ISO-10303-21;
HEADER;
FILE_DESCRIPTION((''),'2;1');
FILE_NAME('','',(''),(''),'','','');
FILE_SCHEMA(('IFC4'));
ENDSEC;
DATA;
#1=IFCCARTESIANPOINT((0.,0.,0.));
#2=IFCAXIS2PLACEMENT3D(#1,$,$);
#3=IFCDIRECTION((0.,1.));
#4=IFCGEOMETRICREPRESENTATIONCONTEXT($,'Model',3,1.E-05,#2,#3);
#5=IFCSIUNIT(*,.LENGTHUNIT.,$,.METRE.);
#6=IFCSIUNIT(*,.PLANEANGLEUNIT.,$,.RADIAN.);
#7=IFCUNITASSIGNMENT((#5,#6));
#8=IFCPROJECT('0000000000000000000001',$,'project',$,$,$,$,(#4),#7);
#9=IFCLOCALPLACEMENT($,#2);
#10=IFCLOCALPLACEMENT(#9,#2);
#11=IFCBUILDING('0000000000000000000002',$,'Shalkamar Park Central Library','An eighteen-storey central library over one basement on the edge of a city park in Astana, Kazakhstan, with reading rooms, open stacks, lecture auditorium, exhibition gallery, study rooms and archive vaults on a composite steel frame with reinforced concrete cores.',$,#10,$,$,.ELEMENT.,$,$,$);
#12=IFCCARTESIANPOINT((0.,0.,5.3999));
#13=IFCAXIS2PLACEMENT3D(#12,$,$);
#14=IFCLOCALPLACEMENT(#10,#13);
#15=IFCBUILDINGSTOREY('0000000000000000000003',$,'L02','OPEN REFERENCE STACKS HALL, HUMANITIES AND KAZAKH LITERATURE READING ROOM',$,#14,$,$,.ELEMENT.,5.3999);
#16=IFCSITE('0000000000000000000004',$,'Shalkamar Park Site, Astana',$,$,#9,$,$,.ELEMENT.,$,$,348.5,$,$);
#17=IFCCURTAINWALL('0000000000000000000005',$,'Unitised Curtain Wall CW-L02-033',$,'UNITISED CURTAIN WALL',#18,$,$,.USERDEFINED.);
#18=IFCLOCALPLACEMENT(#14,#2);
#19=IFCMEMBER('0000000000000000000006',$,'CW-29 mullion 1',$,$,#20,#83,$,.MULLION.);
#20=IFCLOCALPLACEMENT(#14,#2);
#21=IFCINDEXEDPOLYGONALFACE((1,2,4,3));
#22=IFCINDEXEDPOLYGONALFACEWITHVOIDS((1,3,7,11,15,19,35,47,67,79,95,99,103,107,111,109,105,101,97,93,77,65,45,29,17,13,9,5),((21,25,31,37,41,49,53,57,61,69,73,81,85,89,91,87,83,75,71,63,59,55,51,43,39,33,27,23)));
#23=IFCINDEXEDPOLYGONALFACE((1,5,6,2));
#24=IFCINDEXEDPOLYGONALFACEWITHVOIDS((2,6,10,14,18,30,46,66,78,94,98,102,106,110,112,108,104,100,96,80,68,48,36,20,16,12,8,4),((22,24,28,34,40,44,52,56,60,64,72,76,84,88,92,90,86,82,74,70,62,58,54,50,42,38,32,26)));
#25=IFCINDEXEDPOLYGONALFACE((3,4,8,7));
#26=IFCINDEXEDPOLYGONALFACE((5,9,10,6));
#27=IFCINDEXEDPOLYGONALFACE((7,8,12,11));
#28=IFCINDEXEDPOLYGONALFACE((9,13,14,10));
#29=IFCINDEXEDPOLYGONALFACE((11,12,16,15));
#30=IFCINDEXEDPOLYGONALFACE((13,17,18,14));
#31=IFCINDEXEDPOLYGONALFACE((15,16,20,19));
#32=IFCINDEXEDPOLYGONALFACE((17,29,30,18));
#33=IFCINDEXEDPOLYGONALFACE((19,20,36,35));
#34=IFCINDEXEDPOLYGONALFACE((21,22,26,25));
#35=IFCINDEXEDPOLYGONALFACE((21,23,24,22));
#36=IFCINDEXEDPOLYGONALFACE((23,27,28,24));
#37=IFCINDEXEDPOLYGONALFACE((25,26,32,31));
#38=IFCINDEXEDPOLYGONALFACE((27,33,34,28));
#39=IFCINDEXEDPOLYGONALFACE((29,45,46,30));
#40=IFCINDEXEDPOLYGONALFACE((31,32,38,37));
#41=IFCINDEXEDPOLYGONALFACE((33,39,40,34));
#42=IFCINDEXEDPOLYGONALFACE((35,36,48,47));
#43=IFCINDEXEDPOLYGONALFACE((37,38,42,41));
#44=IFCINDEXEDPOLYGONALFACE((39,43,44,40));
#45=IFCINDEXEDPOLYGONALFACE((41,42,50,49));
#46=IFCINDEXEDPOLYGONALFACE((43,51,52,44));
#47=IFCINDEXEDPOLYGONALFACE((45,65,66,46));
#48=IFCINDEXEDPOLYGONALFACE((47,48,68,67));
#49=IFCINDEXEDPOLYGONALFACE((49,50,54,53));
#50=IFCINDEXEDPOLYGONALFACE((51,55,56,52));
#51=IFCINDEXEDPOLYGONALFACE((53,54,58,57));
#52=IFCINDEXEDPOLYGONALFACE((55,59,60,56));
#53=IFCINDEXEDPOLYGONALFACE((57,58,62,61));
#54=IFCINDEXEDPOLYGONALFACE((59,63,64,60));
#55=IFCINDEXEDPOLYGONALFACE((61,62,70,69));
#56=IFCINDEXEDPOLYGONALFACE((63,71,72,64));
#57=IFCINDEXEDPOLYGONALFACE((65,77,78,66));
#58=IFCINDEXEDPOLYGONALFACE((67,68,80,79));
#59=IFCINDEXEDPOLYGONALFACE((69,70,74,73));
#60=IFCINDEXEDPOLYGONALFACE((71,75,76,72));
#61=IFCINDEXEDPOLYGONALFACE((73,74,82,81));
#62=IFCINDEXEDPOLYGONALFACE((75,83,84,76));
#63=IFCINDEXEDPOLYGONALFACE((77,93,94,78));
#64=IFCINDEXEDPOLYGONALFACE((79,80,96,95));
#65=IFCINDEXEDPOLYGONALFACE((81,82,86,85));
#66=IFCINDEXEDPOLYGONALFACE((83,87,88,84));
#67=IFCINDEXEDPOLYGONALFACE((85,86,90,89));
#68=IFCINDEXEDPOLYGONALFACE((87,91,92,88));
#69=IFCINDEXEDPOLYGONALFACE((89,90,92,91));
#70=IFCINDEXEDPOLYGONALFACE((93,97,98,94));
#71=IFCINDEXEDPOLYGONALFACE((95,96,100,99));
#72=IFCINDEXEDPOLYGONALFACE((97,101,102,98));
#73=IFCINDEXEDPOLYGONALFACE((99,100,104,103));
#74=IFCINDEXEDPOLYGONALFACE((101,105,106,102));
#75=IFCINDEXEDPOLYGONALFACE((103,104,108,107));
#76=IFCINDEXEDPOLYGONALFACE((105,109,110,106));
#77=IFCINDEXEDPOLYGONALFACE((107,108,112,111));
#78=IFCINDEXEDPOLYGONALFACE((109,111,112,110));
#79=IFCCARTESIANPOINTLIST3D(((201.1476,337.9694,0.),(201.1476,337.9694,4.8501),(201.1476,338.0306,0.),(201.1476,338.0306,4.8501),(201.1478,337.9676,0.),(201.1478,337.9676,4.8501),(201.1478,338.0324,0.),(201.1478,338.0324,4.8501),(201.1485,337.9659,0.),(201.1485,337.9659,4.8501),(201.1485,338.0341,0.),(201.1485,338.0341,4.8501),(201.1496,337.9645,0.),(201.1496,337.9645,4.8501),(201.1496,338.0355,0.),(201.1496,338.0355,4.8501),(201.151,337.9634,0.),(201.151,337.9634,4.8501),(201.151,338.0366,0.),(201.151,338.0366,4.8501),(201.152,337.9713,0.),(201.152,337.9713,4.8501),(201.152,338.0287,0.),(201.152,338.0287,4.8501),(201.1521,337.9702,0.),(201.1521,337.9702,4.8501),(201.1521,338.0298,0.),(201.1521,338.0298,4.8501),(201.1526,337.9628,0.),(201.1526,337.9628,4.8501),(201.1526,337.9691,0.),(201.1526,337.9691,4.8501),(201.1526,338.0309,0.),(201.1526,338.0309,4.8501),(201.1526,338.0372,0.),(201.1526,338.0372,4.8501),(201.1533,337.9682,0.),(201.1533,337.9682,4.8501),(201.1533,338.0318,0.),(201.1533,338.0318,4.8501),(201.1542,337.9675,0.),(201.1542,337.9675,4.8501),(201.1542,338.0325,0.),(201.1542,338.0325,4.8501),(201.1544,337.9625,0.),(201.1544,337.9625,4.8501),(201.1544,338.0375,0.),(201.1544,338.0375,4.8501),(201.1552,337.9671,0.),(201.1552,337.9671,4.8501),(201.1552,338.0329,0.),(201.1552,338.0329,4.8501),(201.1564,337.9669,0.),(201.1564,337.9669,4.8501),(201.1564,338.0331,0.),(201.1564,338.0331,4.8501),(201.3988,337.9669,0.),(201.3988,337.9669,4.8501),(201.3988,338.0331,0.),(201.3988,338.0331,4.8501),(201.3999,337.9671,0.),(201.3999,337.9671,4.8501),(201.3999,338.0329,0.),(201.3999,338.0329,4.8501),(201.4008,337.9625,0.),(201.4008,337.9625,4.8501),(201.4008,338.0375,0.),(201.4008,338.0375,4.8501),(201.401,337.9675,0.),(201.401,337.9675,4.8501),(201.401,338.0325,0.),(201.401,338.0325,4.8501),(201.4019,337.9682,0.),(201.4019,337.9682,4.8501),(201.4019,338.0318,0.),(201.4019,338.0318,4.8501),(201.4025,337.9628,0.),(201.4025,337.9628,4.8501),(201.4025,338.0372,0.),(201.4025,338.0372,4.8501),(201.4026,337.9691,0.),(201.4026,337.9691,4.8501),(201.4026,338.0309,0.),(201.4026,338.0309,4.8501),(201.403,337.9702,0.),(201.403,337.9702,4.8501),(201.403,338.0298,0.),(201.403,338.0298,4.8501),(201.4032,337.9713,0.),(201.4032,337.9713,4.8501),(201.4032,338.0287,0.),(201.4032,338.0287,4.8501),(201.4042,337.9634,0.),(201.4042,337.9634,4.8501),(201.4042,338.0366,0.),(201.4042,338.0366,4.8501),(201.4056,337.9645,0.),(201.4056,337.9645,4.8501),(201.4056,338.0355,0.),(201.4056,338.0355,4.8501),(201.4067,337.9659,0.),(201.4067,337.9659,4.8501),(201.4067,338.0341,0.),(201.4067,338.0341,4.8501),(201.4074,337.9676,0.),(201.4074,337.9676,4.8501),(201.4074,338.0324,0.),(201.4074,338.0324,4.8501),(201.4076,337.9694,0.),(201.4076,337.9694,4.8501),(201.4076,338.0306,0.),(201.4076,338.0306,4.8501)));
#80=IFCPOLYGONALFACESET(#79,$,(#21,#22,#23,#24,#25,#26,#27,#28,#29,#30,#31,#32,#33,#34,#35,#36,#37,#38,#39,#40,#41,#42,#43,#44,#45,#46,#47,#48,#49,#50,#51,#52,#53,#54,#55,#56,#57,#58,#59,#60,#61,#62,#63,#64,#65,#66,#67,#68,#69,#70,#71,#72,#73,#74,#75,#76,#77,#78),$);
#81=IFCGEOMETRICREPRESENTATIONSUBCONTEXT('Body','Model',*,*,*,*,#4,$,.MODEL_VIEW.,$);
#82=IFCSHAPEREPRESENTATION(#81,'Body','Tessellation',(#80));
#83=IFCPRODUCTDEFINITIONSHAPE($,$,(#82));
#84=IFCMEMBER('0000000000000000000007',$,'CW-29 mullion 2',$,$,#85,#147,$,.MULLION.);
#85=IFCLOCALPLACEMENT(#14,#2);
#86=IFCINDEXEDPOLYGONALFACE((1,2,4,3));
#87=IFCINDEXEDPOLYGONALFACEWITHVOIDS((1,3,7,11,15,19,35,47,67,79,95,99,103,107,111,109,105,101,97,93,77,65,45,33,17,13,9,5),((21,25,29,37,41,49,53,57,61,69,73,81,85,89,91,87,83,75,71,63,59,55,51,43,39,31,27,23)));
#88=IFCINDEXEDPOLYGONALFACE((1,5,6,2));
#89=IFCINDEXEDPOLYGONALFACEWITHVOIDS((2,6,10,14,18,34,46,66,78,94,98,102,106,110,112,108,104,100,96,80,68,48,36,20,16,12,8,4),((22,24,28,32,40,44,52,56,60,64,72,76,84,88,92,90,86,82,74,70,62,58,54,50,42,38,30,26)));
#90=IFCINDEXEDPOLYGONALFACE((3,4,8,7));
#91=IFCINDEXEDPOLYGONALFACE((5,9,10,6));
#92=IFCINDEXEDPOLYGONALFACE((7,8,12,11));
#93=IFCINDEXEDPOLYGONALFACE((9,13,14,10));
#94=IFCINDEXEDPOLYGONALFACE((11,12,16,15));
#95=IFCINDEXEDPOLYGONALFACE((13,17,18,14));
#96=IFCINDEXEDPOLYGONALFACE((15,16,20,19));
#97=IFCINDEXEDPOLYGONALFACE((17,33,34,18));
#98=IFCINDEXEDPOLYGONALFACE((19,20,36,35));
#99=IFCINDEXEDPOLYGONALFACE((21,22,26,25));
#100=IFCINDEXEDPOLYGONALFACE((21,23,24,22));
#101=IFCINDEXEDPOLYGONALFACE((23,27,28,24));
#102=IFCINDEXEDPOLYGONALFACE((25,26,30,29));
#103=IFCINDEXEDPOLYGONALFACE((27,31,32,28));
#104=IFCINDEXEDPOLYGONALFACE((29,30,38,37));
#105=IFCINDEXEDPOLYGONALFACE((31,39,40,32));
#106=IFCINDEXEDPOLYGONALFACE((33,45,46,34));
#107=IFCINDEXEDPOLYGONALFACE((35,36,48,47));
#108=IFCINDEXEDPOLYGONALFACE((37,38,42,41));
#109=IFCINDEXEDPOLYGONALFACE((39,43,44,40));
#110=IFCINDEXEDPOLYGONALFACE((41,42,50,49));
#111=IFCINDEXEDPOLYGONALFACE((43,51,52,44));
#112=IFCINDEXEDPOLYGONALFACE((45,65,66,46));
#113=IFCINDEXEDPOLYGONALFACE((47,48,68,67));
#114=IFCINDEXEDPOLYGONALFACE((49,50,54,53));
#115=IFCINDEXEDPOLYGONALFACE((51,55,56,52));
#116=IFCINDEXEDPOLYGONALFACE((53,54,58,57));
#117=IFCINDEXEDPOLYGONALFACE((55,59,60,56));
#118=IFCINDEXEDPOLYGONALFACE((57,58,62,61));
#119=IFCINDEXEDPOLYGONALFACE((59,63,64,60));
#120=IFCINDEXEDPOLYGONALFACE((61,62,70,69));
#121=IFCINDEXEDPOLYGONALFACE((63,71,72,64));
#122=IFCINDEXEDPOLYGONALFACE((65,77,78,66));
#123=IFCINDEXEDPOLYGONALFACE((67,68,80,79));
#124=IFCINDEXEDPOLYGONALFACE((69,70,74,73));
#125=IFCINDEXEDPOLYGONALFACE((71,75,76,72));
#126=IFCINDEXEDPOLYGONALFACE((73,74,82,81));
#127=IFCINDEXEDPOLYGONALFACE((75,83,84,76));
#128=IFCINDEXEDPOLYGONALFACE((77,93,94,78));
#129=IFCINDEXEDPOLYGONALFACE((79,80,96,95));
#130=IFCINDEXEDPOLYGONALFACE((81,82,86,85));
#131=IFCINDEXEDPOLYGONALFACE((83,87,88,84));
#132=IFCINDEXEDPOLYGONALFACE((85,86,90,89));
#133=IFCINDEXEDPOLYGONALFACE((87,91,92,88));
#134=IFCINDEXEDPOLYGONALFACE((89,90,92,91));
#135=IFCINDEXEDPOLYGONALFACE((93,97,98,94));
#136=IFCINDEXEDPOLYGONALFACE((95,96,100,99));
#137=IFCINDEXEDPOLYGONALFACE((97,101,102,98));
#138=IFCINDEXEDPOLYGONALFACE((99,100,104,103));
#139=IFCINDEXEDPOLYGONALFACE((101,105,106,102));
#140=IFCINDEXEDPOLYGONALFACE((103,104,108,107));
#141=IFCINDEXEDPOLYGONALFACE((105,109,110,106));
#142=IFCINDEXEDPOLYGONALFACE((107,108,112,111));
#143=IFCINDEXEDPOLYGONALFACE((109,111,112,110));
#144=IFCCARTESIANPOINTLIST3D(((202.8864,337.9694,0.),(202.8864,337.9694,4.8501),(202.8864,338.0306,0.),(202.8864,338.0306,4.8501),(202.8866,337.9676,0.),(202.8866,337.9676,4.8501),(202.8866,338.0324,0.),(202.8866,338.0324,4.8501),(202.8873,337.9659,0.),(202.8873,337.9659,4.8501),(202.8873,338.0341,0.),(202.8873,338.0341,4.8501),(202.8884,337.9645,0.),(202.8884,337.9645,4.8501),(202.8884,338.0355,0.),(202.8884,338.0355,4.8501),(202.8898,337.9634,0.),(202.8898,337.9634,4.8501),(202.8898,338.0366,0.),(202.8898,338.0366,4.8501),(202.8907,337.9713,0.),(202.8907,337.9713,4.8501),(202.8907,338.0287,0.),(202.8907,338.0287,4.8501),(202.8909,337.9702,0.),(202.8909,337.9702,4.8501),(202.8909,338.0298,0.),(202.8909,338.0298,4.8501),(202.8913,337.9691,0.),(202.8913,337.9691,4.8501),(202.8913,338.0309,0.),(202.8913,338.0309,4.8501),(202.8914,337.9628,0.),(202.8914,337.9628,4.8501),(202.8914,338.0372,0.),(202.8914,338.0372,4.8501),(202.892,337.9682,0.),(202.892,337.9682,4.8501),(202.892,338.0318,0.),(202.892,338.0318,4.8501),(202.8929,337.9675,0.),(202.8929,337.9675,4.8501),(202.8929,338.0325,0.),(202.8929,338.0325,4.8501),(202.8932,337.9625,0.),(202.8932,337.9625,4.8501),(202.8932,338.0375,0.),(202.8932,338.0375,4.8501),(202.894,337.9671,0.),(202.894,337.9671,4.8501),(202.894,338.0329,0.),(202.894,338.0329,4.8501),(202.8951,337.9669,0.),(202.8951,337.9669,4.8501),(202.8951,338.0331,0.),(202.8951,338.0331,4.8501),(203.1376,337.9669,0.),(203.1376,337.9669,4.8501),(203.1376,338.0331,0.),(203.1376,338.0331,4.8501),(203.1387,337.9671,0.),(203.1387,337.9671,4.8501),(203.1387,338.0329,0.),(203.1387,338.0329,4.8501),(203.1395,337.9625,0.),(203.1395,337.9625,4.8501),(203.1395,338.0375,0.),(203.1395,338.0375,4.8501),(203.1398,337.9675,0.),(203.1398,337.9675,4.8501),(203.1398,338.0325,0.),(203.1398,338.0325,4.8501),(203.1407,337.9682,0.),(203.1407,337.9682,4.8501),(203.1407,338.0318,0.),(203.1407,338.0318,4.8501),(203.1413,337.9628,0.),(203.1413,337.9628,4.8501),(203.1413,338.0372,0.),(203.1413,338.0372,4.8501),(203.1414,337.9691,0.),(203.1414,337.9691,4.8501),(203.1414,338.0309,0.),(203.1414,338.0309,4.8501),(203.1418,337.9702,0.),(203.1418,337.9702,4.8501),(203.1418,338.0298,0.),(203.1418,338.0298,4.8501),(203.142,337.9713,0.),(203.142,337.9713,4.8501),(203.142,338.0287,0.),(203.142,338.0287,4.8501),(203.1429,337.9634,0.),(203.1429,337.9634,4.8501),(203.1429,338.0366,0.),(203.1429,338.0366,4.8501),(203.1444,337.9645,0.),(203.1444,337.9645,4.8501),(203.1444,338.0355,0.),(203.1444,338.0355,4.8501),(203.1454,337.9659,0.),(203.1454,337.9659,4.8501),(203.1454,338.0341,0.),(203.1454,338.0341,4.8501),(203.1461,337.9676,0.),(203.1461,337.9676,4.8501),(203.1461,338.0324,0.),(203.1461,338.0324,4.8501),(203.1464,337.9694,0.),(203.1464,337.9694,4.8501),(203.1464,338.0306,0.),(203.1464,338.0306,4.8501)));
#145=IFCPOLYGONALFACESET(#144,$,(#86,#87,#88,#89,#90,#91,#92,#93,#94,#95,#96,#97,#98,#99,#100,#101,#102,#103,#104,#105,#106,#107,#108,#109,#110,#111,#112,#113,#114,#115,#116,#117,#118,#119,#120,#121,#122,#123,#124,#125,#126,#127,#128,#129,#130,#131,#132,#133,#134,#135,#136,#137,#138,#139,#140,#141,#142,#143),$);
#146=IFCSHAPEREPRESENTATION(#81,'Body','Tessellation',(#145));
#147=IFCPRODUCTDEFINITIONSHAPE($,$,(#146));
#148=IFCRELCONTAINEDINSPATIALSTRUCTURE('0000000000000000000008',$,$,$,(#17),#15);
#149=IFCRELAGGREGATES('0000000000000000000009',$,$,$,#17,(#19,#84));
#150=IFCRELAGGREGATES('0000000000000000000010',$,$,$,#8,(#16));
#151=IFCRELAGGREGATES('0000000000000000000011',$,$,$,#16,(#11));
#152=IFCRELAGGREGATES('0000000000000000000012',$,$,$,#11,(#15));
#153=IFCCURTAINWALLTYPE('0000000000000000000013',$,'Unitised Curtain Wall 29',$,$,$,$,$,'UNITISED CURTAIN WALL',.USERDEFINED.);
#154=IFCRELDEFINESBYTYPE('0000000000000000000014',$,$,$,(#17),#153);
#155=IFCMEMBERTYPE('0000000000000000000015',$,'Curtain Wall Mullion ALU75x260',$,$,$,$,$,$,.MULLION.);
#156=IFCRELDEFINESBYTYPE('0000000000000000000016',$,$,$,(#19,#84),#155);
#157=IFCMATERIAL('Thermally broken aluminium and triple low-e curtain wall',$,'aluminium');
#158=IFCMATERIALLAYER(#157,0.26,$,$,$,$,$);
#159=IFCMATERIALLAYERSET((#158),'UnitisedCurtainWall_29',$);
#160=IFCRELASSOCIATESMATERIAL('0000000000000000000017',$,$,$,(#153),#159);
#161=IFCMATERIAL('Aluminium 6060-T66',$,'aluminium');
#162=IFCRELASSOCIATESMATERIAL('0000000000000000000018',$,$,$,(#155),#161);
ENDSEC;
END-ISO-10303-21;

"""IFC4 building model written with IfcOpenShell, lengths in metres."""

from ifc_helpers import new_model, si_unit, direction, frame, origin, origin_2d, place, context, subcontext, project, spatial, hollow_rectangle, extrude, material, layer, layer_set, material_profile, profile_set, type_object, element, aggregate, save


model = new_model("IFC4")

# Units and contexts
model_context = context("Model", 3, precision=1e-05, world=origin(), true_north=direction((0.0, 1.0)))
body_context = subcontext(model_context, "Body", "Model", "MODEL_VIEW")
ifc_project = project(units=[si_unit("LENGTHUNIT", "METRE"), si_unit("PLANEANGLEUNIT", "RADIAN")], contexts=[model_context])

# Site, building, storey
site_placement = place(None, origin())
site = spatial("IfcSite", under=ifc_project, at=site_placement, Name="Shalkamar Park Site, Astana", CompositionType="ELEMENT", RefElevation=348.5)
building_placement = place(site_placement, origin())
building = spatial("IfcBuilding", under=site, at=building_placement, Name="Shalkamar Park Central Library", Description="An eighteen-storey central library over one basement on the edge of a city park in Astana, Kazakhstan, with reading rooms, open stacks, lecture auditorium, exhibition gallery, study rooms and archive vaults on a composite steel frame with reinforced concrete cores.", CompositionType="ELEMENT")
storey_placement = place(building_placement, frame((0.0, 0.0, 5.3999)))
storey = spatial("IfcBuildingStorey", under=building, at=storey_placement, Name="L02", Description="OPEN REFERENCE STACKS HALL, HUMANITIES AND KAZAKH LITERATURE READING ROOM", CompositionType="ELEMENT", Elevation=5.3999)

# Curtain wall, members
ifc_material_1 = material(Name="Thermally broken aluminium and triple low-e curtain wall", Category="aluminium")
ifc_material_2 = material(Name="Aluminium 6060-T66", Category="aluminium")
ifc_layer_1 = layer(ifc_material_1, 0.26)
ifc_layer_set_1 = layer_set([ifc_layer_1], Name="UnitisedCurtainWall_29")
curtain_wall_type_1 = type_object("IfcCurtainWallType", Name="Unitised Curtain Wall 29", ElementType="UNITISED CURTAIN WALL", PredefinedType="USERDEFINED", material=ifc_layer_set_1)
curtain_wall_1_placement = place(storey_placement, origin())
curtain_wall_1 = element("IfcCurtainWall", 1, at=curtain_wall_1_placement, inside=storey, type_object=curtain_wall_type_1, Name="Unitised Curtain Wall CW-L02-033", ObjectType="UNITISED CURTAIN WALL", PredefinedType="USERDEFINED")
ifc_material_profile_1 = material_profile(ifc_material_2, hollow_rectangle(XDim=0.075, YDim=0.26, WallThickness=0.0044, InnerFilletRadius=0.0044, OuterFilletRadius=0.0068, at=origin_2d()), Name="ALU 75x260x4.5")
ifc_profile_set_1 = profile_set([ifc_material_profile_1], Name="Aluminium 6060-T66")
member_type_1 = type_object("IfcMemberType", Name="Curtain Wall Mullion ALU75x260", PredefinedType="MULLION", material=ifc_profile_set_1)
member_1_placement = place(storey_placement, frame((201.2776, 338.0, 0.0), z_axis=(0.0, 0.0, 1.0), x_axis=(0.0, 1.0, 0.0)))
member_1 = element("IfcMember", 2, at=member_1_placement, type_object=member_type_1, Name="CW-29 mullion 1", PredefinedType="MULLION", context=body_context, shape_type="SweptSolid", body=[
    extrude(hollow_rectangle(XDim=0.075, YDim=0.26, WallThickness=0.0044, InnerFilletRadius=0.0044, OuterFilletRadius=0.0068, at=origin_2d()), origin(), (0.0, 0.0, 1.0), 4.8501),
])
member_2_placement = place(storey_placement, frame((203.0164, 338.0, 0.0), z_axis=(0.0, 0.0, 1.0), x_axis=(0.0, 1.0, 0.0)))
member_2 = element("IfcMember", 3, at=member_2_placement, type_object=member_type_1, Name="CW-29 mullion 2", PredefinedType="MULLION", context=body_context, shape_type="SweptSolid", body=[
    extrude(hollow_rectangle(XDim=0.075, YDim=0.26, WallThickness=0.0044, InnerFilletRadius=0.0044, OuterFilletRadius=0.0068, at=origin_2d()), origin(), (0.0, 0.0, 1.0), 4.8501),
])

aggregate(curtain_wall_1, [member_1, member_2])

save(model, "model.ifc")
